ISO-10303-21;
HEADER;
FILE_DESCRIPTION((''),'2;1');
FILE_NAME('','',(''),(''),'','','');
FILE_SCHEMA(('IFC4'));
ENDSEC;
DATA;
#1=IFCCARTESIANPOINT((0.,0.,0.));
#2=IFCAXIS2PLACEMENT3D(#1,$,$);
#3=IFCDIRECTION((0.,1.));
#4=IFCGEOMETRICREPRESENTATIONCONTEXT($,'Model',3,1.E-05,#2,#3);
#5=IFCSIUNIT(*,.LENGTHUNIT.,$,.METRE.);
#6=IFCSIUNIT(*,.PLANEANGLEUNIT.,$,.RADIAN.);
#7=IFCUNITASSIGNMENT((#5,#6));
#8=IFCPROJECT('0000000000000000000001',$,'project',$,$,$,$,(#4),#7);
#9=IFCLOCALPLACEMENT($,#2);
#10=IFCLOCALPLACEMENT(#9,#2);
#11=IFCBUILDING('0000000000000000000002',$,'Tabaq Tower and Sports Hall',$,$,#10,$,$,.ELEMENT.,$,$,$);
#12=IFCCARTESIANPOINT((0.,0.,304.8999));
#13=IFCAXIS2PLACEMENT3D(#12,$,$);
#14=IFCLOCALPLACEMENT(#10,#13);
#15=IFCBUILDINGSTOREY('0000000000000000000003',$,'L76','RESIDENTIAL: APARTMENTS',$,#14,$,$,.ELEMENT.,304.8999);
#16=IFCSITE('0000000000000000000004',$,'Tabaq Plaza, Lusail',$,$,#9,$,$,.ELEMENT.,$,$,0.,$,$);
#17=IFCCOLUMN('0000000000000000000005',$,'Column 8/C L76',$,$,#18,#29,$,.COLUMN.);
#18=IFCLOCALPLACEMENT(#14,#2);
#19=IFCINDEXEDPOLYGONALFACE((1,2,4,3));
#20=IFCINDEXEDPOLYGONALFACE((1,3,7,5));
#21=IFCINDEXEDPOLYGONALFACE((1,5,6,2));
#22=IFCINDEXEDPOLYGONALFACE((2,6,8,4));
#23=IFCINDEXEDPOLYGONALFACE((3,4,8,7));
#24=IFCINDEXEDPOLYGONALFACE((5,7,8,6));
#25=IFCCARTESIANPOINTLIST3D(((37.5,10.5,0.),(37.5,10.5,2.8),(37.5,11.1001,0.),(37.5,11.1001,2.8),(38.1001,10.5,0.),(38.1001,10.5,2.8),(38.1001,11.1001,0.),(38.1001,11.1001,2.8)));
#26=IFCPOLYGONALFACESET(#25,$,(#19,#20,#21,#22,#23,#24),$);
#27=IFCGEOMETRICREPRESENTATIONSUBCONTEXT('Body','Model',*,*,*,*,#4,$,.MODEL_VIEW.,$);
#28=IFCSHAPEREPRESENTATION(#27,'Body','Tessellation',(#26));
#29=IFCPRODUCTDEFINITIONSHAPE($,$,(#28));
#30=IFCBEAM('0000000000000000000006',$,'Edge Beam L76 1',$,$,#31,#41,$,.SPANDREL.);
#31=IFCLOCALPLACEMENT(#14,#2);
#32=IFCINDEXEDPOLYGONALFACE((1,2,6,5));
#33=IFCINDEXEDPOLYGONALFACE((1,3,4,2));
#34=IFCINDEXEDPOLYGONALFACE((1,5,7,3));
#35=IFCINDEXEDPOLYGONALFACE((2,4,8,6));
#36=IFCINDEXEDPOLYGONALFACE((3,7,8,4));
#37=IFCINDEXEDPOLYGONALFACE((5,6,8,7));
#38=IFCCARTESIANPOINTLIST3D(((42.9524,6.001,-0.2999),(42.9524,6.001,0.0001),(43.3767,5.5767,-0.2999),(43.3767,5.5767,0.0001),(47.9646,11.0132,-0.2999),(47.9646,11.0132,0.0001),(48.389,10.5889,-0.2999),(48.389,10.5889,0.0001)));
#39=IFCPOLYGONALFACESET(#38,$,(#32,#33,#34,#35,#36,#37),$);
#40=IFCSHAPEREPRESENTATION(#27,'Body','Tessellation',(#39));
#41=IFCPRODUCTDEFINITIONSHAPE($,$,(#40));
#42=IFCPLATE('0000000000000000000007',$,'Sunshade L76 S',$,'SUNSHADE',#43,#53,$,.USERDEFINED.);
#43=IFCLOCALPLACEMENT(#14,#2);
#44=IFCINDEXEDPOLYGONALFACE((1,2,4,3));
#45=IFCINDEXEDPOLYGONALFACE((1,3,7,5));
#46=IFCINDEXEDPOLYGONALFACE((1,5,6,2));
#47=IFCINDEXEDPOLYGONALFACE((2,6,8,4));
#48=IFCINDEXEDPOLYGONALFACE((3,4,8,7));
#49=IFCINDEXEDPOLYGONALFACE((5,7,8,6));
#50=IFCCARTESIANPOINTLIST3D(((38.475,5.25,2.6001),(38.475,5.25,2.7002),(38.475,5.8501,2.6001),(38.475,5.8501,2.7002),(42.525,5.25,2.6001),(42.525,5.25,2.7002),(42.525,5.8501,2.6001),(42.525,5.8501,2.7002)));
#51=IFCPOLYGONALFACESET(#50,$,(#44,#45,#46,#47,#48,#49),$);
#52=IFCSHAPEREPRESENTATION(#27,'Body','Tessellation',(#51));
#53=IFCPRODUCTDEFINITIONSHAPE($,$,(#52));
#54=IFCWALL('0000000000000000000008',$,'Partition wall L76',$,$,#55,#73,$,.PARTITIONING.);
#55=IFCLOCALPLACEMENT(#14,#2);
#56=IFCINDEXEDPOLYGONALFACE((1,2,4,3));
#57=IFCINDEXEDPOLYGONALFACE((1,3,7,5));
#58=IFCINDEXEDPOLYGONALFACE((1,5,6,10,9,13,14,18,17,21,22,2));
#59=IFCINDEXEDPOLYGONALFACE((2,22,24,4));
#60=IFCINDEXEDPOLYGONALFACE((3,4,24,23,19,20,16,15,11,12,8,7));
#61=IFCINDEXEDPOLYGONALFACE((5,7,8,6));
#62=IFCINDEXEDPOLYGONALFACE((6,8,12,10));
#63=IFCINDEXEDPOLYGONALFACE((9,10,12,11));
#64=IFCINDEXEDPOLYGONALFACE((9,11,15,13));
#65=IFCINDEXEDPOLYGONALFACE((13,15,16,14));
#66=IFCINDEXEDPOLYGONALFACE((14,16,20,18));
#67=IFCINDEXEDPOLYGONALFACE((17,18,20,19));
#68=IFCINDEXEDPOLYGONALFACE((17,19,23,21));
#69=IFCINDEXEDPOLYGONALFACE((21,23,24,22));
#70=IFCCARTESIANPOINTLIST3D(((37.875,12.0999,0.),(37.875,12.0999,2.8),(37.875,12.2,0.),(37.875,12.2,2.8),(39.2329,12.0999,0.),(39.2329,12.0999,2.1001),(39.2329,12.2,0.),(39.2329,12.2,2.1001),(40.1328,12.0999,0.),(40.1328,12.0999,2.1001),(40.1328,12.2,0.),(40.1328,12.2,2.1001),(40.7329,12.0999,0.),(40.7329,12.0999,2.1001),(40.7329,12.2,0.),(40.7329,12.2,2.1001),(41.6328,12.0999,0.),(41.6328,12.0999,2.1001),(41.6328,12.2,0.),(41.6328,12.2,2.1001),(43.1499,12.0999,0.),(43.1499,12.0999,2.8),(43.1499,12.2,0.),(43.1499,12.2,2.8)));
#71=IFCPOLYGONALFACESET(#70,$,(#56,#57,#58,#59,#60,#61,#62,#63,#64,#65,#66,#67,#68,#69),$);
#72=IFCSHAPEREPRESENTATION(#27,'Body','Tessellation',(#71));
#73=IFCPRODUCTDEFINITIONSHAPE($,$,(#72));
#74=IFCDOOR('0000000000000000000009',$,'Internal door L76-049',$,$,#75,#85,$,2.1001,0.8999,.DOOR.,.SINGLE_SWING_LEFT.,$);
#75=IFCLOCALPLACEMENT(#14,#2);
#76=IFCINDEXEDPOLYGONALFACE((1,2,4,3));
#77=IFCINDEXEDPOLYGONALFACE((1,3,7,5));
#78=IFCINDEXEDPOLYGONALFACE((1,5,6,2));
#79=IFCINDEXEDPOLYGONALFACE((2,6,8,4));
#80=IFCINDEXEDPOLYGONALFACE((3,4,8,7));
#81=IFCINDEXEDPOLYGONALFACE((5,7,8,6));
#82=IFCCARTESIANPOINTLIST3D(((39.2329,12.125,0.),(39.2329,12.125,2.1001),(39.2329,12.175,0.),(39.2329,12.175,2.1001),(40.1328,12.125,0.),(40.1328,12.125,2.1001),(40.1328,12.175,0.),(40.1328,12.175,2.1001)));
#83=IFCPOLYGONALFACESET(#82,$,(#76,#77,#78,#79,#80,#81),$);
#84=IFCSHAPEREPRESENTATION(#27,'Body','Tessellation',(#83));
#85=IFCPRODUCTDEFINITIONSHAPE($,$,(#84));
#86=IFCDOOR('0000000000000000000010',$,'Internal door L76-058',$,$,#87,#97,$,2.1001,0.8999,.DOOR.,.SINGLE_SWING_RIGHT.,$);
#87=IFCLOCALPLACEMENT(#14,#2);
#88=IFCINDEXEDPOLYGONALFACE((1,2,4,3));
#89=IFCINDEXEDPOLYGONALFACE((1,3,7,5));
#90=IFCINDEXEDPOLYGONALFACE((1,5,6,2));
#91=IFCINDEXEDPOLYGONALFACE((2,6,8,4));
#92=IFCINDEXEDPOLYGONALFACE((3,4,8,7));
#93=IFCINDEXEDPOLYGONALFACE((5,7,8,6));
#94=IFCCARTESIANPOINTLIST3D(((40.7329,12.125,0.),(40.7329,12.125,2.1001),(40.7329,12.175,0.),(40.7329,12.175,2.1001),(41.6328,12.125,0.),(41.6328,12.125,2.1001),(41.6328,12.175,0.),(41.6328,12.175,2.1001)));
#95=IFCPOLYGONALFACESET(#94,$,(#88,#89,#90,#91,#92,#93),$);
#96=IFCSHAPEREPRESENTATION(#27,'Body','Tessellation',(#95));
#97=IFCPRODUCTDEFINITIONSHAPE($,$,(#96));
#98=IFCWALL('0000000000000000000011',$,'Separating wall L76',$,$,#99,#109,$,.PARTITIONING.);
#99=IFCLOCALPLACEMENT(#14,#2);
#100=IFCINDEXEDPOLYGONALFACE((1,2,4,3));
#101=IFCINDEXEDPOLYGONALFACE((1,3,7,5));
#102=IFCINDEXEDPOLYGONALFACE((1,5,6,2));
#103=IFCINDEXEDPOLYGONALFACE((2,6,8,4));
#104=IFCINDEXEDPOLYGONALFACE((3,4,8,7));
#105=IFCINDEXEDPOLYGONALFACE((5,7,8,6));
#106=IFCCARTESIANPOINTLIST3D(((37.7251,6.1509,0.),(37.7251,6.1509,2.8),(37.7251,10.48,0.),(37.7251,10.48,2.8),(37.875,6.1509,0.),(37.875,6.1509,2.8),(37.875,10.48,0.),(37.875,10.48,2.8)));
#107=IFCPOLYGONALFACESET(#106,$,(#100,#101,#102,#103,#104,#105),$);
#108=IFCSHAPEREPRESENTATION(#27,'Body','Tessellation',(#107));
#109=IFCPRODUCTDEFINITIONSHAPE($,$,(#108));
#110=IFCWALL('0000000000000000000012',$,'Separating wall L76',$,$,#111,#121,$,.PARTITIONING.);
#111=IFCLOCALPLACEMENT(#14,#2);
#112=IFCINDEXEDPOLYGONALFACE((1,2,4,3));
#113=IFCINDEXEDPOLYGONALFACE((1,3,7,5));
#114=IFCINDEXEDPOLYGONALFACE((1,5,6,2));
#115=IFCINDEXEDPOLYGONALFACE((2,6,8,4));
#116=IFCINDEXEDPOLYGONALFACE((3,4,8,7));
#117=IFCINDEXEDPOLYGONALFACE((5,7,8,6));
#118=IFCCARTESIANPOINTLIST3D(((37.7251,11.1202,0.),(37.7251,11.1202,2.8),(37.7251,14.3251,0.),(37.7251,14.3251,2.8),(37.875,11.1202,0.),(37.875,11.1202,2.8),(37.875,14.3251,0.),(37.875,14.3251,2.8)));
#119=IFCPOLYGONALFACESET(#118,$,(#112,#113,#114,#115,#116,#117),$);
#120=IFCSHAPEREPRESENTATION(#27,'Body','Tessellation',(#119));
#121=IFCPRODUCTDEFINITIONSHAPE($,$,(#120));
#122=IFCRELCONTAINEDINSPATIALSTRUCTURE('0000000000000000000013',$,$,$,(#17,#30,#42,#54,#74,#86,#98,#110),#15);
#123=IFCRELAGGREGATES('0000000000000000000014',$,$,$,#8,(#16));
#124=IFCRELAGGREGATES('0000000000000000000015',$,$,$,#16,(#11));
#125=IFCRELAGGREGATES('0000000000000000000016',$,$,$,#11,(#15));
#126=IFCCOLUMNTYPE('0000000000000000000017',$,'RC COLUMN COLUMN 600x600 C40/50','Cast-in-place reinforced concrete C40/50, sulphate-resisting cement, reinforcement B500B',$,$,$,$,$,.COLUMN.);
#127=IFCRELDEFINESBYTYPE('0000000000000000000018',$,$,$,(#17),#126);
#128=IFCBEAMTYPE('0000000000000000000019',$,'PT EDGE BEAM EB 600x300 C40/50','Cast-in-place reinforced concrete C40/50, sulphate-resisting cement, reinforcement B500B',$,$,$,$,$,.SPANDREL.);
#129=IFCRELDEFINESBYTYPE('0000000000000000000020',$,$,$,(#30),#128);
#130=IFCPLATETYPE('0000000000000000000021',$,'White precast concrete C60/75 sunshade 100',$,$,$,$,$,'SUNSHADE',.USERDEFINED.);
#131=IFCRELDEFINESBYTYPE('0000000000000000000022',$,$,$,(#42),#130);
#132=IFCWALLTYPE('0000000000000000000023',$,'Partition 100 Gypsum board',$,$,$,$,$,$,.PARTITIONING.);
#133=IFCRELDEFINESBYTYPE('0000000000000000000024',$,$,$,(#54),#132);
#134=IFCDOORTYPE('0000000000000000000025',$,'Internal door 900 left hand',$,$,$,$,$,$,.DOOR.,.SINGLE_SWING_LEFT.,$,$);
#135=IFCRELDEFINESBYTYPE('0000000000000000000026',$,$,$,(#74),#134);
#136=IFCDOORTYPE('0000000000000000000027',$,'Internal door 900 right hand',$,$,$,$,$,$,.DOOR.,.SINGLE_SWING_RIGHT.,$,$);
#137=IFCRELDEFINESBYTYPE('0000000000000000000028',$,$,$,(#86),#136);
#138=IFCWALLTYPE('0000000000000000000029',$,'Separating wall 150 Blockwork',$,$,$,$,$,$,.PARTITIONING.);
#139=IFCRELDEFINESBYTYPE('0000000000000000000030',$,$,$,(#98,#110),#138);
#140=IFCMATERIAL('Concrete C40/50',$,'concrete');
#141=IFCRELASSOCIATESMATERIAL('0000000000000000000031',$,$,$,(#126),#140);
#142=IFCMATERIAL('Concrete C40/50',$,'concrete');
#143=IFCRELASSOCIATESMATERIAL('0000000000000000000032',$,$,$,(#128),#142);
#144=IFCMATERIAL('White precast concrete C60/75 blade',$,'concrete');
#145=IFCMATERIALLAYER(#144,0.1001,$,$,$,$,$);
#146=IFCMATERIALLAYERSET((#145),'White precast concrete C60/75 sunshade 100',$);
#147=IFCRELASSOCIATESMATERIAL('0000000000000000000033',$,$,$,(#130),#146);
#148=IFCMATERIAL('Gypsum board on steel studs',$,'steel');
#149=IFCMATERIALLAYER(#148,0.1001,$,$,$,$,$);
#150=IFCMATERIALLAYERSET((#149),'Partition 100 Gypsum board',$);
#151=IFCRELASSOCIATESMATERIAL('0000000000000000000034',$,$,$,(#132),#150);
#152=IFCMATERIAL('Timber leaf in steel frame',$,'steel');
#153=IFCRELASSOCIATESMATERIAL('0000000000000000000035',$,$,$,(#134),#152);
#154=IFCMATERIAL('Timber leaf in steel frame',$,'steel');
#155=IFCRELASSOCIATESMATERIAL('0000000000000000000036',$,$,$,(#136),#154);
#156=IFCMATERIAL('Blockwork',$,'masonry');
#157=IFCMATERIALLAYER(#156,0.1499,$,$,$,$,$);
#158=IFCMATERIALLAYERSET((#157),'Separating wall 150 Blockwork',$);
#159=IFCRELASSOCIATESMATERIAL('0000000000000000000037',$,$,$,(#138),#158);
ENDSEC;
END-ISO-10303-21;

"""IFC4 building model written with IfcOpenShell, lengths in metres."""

from ifc_helpers import new_model, si_unit, direction, frame, frame_2d, origin, origin_2d, place, context, subcontext, project, spatial, rectangle, extrude, material, layer, layer_set, material_profile, profile_set, type_object, element, fill, save


model = new_model("IFC4")

# Units and contexts
model_context = context("Model", 3, precision=1e-05, world=origin(), true_north=direction((0.0, 1.0)))
body_context = subcontext(model_context, "Body", "Model", "MODEL_VIEW")
ifc_project = project(units=[si_unit("LENGTHUNIT", "METRE"), si_unit("PLANEANGLEUNIT", "RADIAN")], contexts=[model_context])

# Site, building, storey
site_placement = place(None, origin())
site = spatial("IfcSite", under=ifc_project, at=site_placement, Name="Tabaq Plaza, Lusail", CompositionType="ELEMENT", RefElevation=0.0)
building_placement = place(site_placement, origin())
building = spatial("IfcBuilding", under=site, at=building_placement, Name="Tabaq Tower and Sports Hall", CompositionType="ELEMENT")
storey_placement = place(building_placement, frame((0.0, 0.0, 304.8999)))
storey = spatial("IfcBuildingStorey", under=building, at=storey_placement, Name="L76", Description="RESIDENTIAL: APARTMENTS", CompositionType="ELEMENT", Elevation=304.8999)

# Column
ifc_material_1 = material(Name="Concrete C40/50", Category="concrete")
ifc_material_profile_1 = material_profile(ifc_material_1, rectangle(XDim=0.6001, YDim=0.6001, at=origin_2d()), Name="COLUMN 600x600")
ifc_profile_set_1 = profile_set([ifc_material_profile_1], Name="Concrete C40/50")
column_type = type_object("IfcColumnType", Name="RC COLUMN COLUMN 600x600 C40/50", Description="Cast-in-place reinforced concrete C40/50, sulphate-resisting cement, reinforcement B500B", PredefinedType="COLUMN", material=ifc_profile_set_1)
column_placement = place(storey_placement, frame((37.8, 10.8, 0.0), z_axis=(0.0, 0.0, 1.0), x_axis=(1.0, 0.0, 0.0)))
element("IfcColumn", 1, at=column_placement, inside=storey, type_object=column_type, Name="Column 8/C L76", PredefinedType="COLUMN", context=body_context, shape_type="SweptSolid", body=[
    extrude(rectangle(XDim=0.6001, YDim=0.6001, at=origin_2d()), origin(), (0.0, 0.0, 1.0), 2.8),
])

# Beam
ifc_material_2 = material(Name="Concrete C40/50", Category="concrete")
ifc_material_profile_2 = material_profile(ifc_material_2, rectangle(XDim=0.6001, YDim=0.3, at=origin_2d()), Name="EB 600x300")
ifc_profile_set_2 = profile_set([ifc_material_profile_2], Name="Concrete C40/50")
beam_type = type_object("IfcBeamType", Name="PT EDGE BEAM EB 600x300 C40/50", Description="Cast-in-place reinforced concrete C40/50, sulphate-resisting cement, reinforcement B500B", PredefinedType="SPANDREL", material=ifc_profile_set_2)
beam_placement = place(storey_placement, frame((43.1646, 5.7888, -0.1499), z_axis=(0.707107, 0.707107, 0.0), x_axis=(-0.707107, 0.707107, 0.0)))
element("IfcBeam", 2, at=beam_placement, inside=storey, type_object=beam_type, Name="Edge Beam L76 1", PredefinedType="SPANDREL", context=body_context, shape_type="SweptSolid", body=[
    extrude(rectangle(XDim=0.6001, YDim=0.3, at=origin_2d()), origin(), (0.0, 0.0, 1.0), 7.0884),
])

# Plate
ifc_material_3 = material(Name="White precast concrete C60/75 blade", Category="concrete")
ifc_layer_1 = layer(ifc_material_3, 0.1001)
ifc_layer_set_1 = layer_set([ifc_layer_1], Name="White precast concrete C60/75 sunshade 100")
plate_type = type_object("IfcPlateType", Name="White precast concrete C60/75 sunshade 100", ElementType="SUNSHADE", PredefinedType="USERDEFINED", material=ifc_layer_set_1)
plate_placement = place(storey_placement, frame((40.5, 5.55, 2.6001), z_axis=(0.0, 0.0, 1.0), x_axis=(1.0, 0.0, 0.0)))
element("IfcPlate", 3, at=plate_placement, inside=storey, type_object=plate_type, Name="Sunshade L76 S", ObjectType="SUNSHADE", PredefinedType="USERDEFINED", context=body_context, shape_type="SweptSolid", body=[
    extrude(rectangle(XDim=4.05, YDim=0.6001, at=origin_2d()), origin(), (0.0, 0.0, 1.0), 0.1001),
])

# Wall, openings, doors
ifc_material_4 = material(Name="Gypsum board on steel studs", Category="steel")
ifc_layer_2 = layer(ifc_material_4, 0.1001)
ifc_layer_set_2 = layer_set([ifc_layer_2], Name="Partition 100 Gypsum board")
wall_type_1 = type_object("IfcWallType", Name="Partition 100 Gypsum board", PredefinedType="PARTITIONING", material=ifc_layer_set_2)
wall_1_placement = place(storey_placement, frame((43.1499, 12.1499, 0.0), z_axis=(0.0, 0.0, 1.0), x_axis=(-1.0, 0.0, 0.0)))
wall_1 = element("IfcWall", 4, at=wall_1_placement, inside=storey, type_object=wall_type_1, Name="Partition wall L76", PredefinedType="PARTITIONING", context=body_context, shape_type="SweptSolid", body=[
    extrude(rectangle(XDim=5.2749, YDim=0.1001, at=frame_2d((2.6375, 0.0))), origin(), (0.0, 0.0, 1.0), 2.8),
])
opening_1_placement = place(wall_1_placement, frame((3.0171, 0.0, 0.0)))
opening_1 = element("IfcOpeningElement", 5, at=opening_1_placement, cuts=wall_1, PredefinedType="OPENING", context=body_context, shape_type="SweptSolid", body=[
    extrude(rectangle(XDim=0.8999, YDim=2.1001, at=frame_2d((0.45, 1.05))), frame((0.0, 0.05, 0.0), z_axis=(0.0, -1.0, 0.0), x_axis=(1.0, 0.0, 0.0)), (0.0, 0.0, 1.0), 0.1001),
])
opening_2_placement = place(wall_1_placement, frame((1.5171, 0.0, 0.0)))
opening_2 = element("IfcOpeningElement", 6, at=opening_2_placement, cuts=wall_1, PredefinedType="OPENING", context=body_context, shape_type="SweptSolid", body=[
    extrude(rectangle(XDim=0.8999, YDim=2.1001, at=frame_2d((0.45, 1.05))), frame((0.0, 0.05, 0.0), z_axis=(0.0, -1.0, 0.0), x_axis=(1.0, 0.0, 0.0)), (0.0, 0.0, 1.0), 0.1001),
])
ifc_material_5 = material(Name="Timber leaf in steel frame", Category="steel")
door_type_1 = type_object("IfcDoorType", Name="Internal door 900 left hand", OperationType="SINGLE_SWING_LEFT", PredefinedType="DOOR", material=ifc_material_5)
door_1_placement = place(opening_1_placement, origin())
door_1 = element("IfcDoor", 7, at=door_1_placement, inside=storey, type_object=door_type_1, Name="Internal door L76-049", OperationType="SINGLE_SWING_LEFT", OverallHeight=2.1001, OverallWidth=0.8999, PredefinedType="DOOR", context=body_context, shape_type="SweptSolid", body=[
    extrude(rectangle(XDim=0.8999, YDim=2.1001, at=frame_2d((0.45, 1.05))), frame((0.0, 0.0249, 0.0), z_axis=(0.0, -1.0, 0.0), x_axis=(1.0, 0.0, 0.0)), (0.0, 0.0, 1.0), 0.05),
])
fill(opening_1, door_1)
ifc_material_6 = material(Name="Timber leaf in steel frame", Category="steel")
door_type_2 = type_object("IfcDoorType", Name="Internal door 900 right hand", OperationType="SINGLE_SWING_RIGHT", PredefinedType="DOOR", material=ifc_material_6)
door_2_placement = place(opening_2_placement, origin())
door_2 = element("IfcDoor", 8, at=door_2_placement, inside=storey, type_object=door_type_2, Name="Internal door L76-058", OperationType="SINGLE_SWING_RIGHT", OverallHeight=2.1001, OverallWidth=0.8999, PredefinedType="DOOR", context=body_context, shape_type="SweptSolid", body=[
    extrude(rectangle(XDim=0.8999, YDim=2.1001, at=frame_2d((0.45, 1.05))), frame((0.0, 0.0249, 0.0), z_axis=(0.0, -1.0, 0.0), x_axis=(1.0, 0.0, 0.0)), (0.0, 0.0, 1.0), 0.05),
])
fill(opening_2, door_2)

# Walls
ifc_material_7 = material(Name="Blockwork", Category="masonry")
ifc_layer_3 = layer(ifc_material_7, 0.1499)
ifc_layer_set_3 = layer_set([ifc_layer_3], Name="Separating wall 150 Blockwork")
wall_type_2 = type_object("IfcWallType", Name="Separating wall 150 Blockwork", PredefinedType="PARTITIONING", material=ifc_layer_set_3)
wall_2_placement = place(storey_placement, frame((37.8, 6.1509, 0.0), z_axis=(0.0, 0.0, 1.0), x_axis=(0.0, 1.0, 0.0)))
element("IfcWall", 9, at=wall_2_placement, inside=storey, type_object=wall_type_2, Name="Separating wall L76", PredefinedType="PARTITIONING", context=body_context, shape_type="SweptSolid", body=[
    extrude(rectangle(XDim=4.3291, YDim=0.1499, at=frame_2d((2.1646, 0.0))), origin(), (0.0, 0.0, 1.0), 2.8),
])
wall_3_placement = place(storey_placement, frame((37.8, 11.1201, 0.0), z_axis=(0.0, 0.0, 1.0), x_axis=(0.0, 1.0, 0.0)))
element("IfcWall", 10, at=wall_3_placement, inside=storey, type_object=wall_type_2, Name="Separating wall L76", PredefinedType="PARTITIONING", context=body_context, shape_type="SweptSolid", body=[
    extrude(rectangle(XDim=3.2048, YDim=0.1499, at=frame_2d((1.6025, 0.0))), origin(), (0.0, 0.0, 1.0), 2.8),
])

save(model, "model.ifc")
